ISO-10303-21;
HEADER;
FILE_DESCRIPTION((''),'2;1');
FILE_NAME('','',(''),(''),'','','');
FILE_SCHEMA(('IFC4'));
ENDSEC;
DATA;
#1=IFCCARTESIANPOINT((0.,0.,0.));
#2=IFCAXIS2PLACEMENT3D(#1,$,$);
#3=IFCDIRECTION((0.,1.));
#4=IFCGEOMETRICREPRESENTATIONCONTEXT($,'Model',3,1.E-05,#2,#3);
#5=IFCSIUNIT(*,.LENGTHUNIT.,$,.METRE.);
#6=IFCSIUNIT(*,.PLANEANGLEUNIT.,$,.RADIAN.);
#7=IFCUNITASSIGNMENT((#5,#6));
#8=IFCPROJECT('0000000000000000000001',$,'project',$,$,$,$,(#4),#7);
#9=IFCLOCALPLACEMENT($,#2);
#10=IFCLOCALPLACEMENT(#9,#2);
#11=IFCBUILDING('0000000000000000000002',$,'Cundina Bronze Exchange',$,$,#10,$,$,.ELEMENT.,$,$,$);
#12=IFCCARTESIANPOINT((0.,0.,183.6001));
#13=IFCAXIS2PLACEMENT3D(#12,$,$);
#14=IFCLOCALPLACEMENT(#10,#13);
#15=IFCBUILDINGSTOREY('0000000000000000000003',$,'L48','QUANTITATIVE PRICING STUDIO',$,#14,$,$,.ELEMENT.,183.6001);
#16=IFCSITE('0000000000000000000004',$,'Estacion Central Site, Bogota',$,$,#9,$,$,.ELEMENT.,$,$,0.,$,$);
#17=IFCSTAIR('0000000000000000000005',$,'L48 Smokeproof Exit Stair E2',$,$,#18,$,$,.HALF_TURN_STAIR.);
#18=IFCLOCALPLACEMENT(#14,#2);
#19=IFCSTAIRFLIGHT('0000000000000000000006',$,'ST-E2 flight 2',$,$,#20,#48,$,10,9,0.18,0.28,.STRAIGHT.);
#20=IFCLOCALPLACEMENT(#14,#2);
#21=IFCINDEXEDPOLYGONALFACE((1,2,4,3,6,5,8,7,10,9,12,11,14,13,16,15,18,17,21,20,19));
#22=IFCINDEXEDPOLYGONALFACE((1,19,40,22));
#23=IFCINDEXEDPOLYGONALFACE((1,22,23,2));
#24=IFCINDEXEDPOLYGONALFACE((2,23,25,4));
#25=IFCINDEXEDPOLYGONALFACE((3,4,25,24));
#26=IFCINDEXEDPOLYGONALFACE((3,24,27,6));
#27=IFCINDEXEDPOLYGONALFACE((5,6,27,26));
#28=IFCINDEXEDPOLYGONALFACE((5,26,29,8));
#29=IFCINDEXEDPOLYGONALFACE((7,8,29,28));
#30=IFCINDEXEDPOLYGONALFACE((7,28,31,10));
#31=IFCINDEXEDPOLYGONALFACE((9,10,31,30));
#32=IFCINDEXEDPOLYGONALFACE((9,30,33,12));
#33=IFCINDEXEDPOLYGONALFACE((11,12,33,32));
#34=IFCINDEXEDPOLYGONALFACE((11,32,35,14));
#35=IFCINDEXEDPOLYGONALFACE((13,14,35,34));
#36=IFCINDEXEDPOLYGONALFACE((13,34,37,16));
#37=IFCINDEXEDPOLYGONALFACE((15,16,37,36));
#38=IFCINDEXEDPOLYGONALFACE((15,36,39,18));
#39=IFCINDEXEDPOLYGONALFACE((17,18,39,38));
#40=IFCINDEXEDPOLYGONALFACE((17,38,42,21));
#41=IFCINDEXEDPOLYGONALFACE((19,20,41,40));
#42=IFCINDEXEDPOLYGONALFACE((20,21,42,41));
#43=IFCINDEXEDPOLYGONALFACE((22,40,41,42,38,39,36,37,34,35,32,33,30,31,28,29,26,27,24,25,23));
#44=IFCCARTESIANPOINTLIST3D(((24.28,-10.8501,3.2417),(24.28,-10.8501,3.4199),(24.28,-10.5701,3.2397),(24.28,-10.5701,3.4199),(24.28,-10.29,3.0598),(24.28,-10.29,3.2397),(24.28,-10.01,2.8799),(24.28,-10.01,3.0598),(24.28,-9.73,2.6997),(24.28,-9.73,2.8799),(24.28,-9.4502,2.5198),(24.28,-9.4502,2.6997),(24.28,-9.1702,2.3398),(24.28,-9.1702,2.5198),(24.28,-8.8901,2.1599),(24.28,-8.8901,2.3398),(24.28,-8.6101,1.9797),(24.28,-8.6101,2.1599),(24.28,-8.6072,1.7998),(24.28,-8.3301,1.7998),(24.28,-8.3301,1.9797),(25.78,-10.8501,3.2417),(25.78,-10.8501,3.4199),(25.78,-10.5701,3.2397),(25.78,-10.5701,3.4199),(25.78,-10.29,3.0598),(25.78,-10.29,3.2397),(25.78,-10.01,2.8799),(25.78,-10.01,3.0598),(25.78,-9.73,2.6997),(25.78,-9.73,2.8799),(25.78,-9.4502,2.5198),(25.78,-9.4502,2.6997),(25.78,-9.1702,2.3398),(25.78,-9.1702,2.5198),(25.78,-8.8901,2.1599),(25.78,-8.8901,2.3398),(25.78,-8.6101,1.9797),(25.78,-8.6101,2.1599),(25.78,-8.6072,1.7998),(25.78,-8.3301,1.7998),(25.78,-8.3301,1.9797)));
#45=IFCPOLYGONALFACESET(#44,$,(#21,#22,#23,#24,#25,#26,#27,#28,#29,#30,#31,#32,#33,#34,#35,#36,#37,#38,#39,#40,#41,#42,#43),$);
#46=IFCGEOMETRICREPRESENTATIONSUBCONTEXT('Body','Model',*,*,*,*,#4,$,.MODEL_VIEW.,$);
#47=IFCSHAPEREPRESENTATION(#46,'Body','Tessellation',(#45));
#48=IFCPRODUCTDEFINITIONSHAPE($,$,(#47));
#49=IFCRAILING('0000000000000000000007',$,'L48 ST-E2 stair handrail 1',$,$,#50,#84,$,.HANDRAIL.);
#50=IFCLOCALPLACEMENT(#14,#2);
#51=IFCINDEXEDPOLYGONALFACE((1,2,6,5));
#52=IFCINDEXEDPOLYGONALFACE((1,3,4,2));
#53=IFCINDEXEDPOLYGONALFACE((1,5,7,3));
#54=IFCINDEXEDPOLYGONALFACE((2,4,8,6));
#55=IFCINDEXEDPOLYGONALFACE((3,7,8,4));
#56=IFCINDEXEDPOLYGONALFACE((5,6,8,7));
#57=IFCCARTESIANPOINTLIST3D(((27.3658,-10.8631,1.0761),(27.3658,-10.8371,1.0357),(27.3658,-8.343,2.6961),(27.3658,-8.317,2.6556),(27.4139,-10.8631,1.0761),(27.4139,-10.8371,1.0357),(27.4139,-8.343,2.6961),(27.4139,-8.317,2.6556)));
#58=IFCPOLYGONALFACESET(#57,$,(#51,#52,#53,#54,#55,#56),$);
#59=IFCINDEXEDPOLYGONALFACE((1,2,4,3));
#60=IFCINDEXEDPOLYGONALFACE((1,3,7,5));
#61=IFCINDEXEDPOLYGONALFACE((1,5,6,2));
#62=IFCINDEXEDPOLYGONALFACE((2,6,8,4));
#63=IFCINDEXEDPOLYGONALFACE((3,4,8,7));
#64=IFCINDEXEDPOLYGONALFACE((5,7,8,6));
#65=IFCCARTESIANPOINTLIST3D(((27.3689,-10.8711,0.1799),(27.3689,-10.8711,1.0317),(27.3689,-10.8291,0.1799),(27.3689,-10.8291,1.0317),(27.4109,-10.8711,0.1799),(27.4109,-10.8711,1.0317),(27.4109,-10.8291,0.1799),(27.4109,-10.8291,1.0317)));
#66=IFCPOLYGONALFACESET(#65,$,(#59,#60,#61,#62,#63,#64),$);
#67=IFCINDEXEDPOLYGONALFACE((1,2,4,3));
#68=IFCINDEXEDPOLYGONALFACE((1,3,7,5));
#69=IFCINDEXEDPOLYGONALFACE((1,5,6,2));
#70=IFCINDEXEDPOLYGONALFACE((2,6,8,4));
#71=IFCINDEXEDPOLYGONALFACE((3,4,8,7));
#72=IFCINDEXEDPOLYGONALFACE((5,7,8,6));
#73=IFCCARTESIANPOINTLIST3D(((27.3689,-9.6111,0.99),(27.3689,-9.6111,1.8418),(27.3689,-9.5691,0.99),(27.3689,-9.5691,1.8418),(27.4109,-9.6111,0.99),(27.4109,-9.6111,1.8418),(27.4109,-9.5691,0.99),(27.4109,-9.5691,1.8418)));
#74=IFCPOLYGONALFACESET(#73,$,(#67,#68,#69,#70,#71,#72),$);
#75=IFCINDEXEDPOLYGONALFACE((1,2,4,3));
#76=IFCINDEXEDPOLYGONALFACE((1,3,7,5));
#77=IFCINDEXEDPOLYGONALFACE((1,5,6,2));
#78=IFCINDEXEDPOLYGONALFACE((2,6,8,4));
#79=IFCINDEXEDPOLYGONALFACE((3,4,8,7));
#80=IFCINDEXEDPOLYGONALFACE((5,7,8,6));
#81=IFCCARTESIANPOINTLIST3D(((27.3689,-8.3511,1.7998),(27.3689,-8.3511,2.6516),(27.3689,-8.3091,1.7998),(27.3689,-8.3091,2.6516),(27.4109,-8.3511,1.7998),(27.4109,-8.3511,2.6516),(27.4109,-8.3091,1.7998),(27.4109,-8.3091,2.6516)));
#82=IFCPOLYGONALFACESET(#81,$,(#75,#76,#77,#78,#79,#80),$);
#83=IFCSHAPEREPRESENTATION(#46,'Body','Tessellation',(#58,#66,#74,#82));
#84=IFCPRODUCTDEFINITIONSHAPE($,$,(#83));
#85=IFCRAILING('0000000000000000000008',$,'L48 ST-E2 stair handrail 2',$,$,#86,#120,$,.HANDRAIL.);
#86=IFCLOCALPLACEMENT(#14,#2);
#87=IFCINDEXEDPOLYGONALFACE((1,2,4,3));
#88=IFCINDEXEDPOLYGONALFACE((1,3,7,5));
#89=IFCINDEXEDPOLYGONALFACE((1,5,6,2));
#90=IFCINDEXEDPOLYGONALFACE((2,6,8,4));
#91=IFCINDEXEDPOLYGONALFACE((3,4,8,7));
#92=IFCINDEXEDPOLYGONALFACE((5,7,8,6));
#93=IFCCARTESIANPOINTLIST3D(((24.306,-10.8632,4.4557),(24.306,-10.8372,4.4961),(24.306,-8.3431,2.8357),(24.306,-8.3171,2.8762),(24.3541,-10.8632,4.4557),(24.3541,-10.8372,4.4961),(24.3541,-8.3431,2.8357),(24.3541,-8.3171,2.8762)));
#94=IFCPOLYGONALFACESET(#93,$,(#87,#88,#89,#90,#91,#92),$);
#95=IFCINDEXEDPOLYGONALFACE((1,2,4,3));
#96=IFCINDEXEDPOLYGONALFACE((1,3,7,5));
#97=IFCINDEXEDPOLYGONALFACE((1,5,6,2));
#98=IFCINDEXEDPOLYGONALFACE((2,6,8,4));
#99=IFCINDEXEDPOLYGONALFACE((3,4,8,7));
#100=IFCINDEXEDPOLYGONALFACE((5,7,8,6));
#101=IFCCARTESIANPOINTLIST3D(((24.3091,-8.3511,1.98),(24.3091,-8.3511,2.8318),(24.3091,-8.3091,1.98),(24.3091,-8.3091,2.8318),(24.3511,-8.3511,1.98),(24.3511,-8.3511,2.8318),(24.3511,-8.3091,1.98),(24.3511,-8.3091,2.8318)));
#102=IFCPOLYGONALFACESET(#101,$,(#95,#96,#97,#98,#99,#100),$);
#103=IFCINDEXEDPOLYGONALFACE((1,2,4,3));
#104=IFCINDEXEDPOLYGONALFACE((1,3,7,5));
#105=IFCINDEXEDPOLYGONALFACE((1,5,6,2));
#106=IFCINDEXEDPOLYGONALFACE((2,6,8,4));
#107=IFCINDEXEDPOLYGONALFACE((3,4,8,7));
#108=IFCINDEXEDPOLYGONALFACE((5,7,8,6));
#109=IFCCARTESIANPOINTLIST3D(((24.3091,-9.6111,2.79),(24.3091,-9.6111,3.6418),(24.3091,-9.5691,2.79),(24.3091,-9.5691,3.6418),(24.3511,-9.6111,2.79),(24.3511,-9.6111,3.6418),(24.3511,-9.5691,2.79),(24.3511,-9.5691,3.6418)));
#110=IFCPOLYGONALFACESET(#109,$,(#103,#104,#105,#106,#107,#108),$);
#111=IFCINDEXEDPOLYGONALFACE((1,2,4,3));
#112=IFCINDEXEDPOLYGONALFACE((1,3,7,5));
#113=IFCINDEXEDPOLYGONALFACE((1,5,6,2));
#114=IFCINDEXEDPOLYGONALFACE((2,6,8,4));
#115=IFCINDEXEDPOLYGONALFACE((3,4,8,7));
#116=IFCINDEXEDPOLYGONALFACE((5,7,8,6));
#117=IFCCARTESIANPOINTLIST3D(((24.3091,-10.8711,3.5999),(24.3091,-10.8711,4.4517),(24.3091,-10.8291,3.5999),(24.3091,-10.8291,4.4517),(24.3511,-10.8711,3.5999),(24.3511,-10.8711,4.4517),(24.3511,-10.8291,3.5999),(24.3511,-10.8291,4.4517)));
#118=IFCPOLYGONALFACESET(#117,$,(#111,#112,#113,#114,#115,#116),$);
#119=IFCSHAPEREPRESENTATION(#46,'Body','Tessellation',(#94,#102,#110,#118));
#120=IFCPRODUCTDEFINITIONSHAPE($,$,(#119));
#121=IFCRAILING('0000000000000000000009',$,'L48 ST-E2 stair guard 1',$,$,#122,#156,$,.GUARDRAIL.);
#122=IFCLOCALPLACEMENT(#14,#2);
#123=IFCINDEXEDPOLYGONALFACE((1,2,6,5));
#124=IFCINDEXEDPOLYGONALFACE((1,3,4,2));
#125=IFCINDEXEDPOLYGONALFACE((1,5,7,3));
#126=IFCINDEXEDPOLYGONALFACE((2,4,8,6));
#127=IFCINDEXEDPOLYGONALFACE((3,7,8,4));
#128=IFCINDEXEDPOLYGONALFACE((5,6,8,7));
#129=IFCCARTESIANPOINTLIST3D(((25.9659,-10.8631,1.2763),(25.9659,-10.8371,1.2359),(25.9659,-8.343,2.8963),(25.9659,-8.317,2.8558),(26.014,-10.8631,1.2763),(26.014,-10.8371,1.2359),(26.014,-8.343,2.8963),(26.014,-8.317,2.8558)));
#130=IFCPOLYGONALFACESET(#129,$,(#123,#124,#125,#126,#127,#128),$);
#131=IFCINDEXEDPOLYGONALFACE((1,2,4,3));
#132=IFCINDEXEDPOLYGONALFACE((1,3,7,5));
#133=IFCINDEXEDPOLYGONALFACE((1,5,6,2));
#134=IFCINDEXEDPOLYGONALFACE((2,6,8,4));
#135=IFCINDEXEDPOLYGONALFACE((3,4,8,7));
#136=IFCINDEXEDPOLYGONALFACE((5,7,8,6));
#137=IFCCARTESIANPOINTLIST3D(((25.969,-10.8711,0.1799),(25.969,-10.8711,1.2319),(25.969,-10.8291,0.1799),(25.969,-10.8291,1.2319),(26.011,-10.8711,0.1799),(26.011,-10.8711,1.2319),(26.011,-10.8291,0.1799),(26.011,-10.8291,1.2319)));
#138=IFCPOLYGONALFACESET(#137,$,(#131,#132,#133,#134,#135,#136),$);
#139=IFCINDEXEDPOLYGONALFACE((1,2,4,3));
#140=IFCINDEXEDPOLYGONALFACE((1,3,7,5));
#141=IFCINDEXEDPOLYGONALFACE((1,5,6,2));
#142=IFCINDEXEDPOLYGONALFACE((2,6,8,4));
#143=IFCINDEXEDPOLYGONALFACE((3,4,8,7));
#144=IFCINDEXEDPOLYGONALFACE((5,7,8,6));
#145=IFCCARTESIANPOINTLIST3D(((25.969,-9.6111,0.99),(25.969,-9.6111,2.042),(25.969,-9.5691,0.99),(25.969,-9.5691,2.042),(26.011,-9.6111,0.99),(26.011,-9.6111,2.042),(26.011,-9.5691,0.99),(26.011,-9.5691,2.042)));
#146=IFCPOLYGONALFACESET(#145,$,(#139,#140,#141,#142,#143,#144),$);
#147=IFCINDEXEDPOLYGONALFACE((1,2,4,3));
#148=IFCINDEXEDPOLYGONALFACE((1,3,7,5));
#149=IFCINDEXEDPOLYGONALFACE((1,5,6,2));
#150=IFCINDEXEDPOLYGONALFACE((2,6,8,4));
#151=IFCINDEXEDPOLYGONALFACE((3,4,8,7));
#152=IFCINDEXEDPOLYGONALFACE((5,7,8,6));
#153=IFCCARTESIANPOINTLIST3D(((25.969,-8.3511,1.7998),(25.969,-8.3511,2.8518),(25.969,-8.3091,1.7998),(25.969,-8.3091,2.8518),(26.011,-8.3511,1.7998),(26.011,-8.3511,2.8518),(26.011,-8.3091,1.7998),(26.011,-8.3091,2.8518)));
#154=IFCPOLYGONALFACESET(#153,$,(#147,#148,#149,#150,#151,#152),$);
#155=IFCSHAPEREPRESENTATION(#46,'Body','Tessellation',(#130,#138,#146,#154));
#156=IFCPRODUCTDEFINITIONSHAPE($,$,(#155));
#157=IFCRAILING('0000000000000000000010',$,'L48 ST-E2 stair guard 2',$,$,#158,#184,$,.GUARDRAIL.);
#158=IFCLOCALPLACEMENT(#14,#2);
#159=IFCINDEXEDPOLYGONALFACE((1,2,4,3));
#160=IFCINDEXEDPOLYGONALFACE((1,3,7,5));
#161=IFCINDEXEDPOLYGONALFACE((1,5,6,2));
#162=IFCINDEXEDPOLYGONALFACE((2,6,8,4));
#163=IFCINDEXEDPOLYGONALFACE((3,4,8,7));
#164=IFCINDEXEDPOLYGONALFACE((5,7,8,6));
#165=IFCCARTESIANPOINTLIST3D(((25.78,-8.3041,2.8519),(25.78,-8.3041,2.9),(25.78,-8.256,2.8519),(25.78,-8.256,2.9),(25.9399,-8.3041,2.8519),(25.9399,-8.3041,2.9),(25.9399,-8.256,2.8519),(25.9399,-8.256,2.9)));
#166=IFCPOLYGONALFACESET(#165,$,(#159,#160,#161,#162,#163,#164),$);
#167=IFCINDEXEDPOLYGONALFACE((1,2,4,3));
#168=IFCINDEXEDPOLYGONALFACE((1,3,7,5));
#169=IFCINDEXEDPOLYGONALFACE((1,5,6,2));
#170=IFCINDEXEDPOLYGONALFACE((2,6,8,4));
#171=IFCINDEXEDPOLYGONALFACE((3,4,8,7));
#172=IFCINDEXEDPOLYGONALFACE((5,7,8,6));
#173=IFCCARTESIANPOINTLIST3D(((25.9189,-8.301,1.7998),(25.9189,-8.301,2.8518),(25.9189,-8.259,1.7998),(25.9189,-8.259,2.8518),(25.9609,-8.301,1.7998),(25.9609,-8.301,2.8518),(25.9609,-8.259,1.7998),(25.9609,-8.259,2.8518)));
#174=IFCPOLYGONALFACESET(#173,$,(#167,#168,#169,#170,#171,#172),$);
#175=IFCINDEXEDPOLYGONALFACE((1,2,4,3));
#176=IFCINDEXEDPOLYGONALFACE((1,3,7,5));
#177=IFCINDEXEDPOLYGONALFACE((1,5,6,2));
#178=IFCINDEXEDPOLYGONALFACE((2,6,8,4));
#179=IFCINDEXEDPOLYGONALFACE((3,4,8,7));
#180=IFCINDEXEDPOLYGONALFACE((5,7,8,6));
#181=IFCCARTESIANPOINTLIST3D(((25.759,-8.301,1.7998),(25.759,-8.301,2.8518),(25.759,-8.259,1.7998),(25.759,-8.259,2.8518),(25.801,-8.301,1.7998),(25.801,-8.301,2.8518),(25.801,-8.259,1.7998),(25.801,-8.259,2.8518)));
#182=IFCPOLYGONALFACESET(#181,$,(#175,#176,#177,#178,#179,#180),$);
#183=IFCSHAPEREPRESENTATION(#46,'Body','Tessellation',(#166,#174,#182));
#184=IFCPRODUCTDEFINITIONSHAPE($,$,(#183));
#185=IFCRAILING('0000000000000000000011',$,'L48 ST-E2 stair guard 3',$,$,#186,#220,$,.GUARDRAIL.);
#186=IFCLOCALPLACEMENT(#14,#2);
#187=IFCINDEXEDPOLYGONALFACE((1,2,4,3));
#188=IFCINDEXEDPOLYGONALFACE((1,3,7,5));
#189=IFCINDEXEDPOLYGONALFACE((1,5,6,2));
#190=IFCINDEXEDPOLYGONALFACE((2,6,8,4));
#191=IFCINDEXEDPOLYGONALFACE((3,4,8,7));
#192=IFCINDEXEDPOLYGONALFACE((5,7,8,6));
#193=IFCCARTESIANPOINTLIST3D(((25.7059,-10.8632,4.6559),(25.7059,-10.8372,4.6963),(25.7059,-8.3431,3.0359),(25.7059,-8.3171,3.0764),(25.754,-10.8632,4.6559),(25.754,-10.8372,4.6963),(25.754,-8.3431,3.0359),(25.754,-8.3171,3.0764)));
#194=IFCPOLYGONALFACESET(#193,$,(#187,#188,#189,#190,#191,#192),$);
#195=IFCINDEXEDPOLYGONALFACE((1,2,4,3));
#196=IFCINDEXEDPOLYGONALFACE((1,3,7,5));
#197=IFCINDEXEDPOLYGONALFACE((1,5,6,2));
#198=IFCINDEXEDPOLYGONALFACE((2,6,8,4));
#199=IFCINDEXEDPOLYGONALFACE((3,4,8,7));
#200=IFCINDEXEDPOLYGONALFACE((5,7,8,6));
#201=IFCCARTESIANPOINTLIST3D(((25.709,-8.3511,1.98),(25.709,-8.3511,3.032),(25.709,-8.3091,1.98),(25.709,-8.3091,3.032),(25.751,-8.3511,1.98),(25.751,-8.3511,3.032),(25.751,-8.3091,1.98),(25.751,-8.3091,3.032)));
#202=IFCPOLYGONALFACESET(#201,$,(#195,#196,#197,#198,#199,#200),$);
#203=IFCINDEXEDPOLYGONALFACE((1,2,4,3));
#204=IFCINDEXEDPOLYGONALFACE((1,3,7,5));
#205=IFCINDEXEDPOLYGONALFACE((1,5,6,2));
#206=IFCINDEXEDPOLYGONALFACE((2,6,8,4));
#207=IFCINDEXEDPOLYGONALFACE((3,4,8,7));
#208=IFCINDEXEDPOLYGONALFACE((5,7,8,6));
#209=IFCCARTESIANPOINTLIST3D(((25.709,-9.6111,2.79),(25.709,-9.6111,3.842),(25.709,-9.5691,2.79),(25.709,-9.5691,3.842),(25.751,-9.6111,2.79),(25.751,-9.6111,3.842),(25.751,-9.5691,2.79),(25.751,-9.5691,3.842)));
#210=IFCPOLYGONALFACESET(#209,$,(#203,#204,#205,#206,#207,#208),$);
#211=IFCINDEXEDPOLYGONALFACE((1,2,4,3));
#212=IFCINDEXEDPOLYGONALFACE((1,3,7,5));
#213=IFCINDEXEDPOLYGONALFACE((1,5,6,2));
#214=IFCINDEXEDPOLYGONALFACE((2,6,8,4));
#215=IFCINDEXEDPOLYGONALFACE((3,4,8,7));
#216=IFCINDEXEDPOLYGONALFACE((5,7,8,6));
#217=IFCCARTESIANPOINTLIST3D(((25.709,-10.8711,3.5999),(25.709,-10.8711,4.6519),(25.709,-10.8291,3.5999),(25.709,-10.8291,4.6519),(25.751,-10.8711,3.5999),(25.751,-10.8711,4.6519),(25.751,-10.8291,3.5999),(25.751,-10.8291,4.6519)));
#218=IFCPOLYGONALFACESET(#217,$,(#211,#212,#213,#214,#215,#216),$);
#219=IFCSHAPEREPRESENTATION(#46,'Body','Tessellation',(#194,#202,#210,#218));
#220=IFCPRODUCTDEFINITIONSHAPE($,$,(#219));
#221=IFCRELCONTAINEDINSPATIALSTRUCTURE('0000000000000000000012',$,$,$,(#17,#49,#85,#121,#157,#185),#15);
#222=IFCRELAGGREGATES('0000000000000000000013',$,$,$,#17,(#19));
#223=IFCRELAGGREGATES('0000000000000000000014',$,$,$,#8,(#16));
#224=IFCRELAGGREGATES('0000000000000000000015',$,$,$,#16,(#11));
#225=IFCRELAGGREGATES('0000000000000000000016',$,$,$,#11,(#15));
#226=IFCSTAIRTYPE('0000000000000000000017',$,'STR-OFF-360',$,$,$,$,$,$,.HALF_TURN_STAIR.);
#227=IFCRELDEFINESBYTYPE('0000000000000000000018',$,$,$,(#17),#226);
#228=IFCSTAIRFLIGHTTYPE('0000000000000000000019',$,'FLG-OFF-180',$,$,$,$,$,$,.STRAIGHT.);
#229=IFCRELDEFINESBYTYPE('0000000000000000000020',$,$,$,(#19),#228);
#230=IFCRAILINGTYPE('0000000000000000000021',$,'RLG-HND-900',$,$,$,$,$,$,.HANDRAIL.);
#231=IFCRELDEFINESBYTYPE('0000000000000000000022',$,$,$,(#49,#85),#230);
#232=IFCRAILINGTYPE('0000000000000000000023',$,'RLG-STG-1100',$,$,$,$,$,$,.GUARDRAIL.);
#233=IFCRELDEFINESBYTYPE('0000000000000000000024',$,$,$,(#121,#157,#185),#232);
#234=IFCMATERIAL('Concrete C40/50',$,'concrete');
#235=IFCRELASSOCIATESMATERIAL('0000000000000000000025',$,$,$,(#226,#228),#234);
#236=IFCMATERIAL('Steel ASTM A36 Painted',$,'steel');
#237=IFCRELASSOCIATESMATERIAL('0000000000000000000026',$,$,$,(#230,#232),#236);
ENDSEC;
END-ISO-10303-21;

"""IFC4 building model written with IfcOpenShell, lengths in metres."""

from ifc_helpers import new_model, si_unit, direction, frame, origin, origin_2d, place, context, subcontext, project, spatial, polyline, rectangle, outline, extrude, material, type_object, element, aggregate, save


model = new_model("IFC4")

# Units and contexts
model_context = context("Model", 3, precision=1e-05, world=origin(), true_north=direction((0.0, 1.0)))
body_context = subcontext(model_context, "Body", "Model", "MODEL_VIEW")
ifc_project = project(units=[si_unit("LENGTHUNIT", "METRE"), si_unit("PLANEANGLEUNIT", "RADIAN")], contexts=[model_context])

# Site, building, storey
site_placement = place(None, origin())
site = spatial("IfcSite", under=ifc_project, at=site_placement, Name="Estacion Central Site, Bogota", CompositionType="ELEMENT", RefElevation=0.0)
building_placement = place(site_placement, origin())
building = spatial("IfcBuilding", under=site, at=building_placement, Name="Cundina Bronze Exchange", CompositionType="ELEMENT")
storey_placement = place(building_placement, frame((0.0, 0.0, 183.6001)))
storey = spatial("IfcBuildingStorey", under=building, at=storey_placement, Name="L48", Description="QUANTITATIVE PRICING STUDIO", CompositionType="ELEMENT", Elevation=183.6001)

# Shared definitions
ifc_material_1 = material(Name="Steel ASTM A36 Painted", Category="steel")

# Stair, stair flight
ifc_material_2 = material(Name="Concrete C40/50", Category="concrete")
stair_type = type_object("IfcStairType", Name="STR-OFF-360", PredefinedType="HALF_TURN_STAIR", material=ifc_material_2)
stair_placement = place(storey_placement, origin())
stair = element("IfcStair", 1, at=stair_placement, inside=storey, type_object=stair_type, Name="L48 Smokeproof Exit Stair E2", PredefinedType="HALF_TURN_STAIR")
stair_flight_type = type_object("IfcStairFlightType", Name="FLG-OFF-180", PredefinedType="STRAIGHT", material=ifc_material_2)
stair_flight_1_placement = place(storey_placement, frame((25.03, -8.3301, 1.7998), z_axis=(0.0, 0.0, 1.0), x_axis=(0.0, -1.0, 0.0)))
stair_flight_1 = element("IfcStairFlight", 2, at=stair_flight_1_placement, type_object=stair_flight_type, Name="ST-E2 flight 2", NumberOfRisers=10, NumberOfTreads=9, PredefinedType="STRAIGHT", RiserHeight=0.18, TreadLength=0.28, context=body_context, shape_type="SweptSolid", body=[
    extrude(outline(polyline([(0.0, 0.0), (0.0, 0.1799), (0.28, 0.1799), (0.28, 0.3601), (0.5601, 0.3601), (0.5601, 0.54), (0.8401, 0.54), (0.8401, 0.72), (1.1201, 0.72), (1.1201, 0.8999), (1.3999, 0.8999), (1.3999, 1.0801), (1.6799, 1.0801), (1.6799, 1.26), (1.96, 1.26), (1.96, 1.4399), (2.24, 1.4399), (2.24, 1.6201), (2.52, 1.6201), (2.52, 1.8), (2.52, 1.4419), (0.2771, 0.0), (0.0, 0.0)])), frame((0.0, 0.75, 0.0), z_axis=(0.0, -1.0, 0.0), x_axis=(1.0, 0.0, 0.0)), (0.0, 0.0, 1.0), 1.5),
])
aggregate(stair, [stair_flight_1])

# Railings
railing_type_1 = type_object("IfcRailingType", Name="RLG-HND-900", PredefinedType="HANDRAIL", material=ifc_material_1)
railing_1_placement = place(storey_placement, frame((27.3899, -10.8501, 0.1799)))
element("IfcRailing", 3, at=railing_1_placement, inside=storey, type_object=railing_type_1, Name="L48 ST-E2 stair handrail 1", PredefinedType="HANDRAIL", context=body_context, shape_type="SweptSolid", body=[
    extrude(rectangle(XDim=0.0481, YDim=0.0481, at=origin_2d()), frame((0.0, 0.0, 0.876), z_axis=(0.0, 0.8412, 0.540725), x_axis=(-1.0, 0.0, 0.0)), (0.0, 0.0, 1.0), 2.9958),
    extrude(rectangle(XDim=0.042, YDim=0.042, at=origin_2d()), origin(), (0.0, 0.0, 1.0), 0.8518),
    extrude(rectangle(XDim=0.042, YDim=0.042, at=origin_2d()), frame((0.0, 1.26, 0.8101)), (0.0, 0.0, 1.0), 0.8518),
    extrude(rectangle(XDim=0.042, YDim=0.042, at=origin_2d()), frame((0.0, 2.52, 1.6199)), (0.0, 0.0, 1.0), 0.8518),
])
railing_2_placement = place(storey_placement, frame((24.3301, -8.3301, 1.98)))
element("IfcRailing", 4, at=railing_2_placement, inside=storey, type_object=railing_type_1, Name="L48 ST-E2 stair handrail 2", PredefinedType="HANDRAIL", context=body_context, shape_type="SweptSolid", body=[
    extrude(rectangle(XDim=0.0481, YDim=0.0481, at=origin_2d()), frame((0.0, 0.0, 0.876), z_axis=(0.0, -0.8412, 0.540725), x_axis=(1.0, 0.0, 0.0)), (0.0, 0.0, 1.0), 2.9958),
    extrude(rectangle(XDim=0.042, YDim=0.042, at=origin_2d()), origin(), (0.0, 0.0, 1.0), 0.8518),
    extrude(rectangle(XDim=0.042, YDim=0.042, at=origin_2d()), frame((0.0, -1.26, 0.8101)), (0.0, 0.0, 1.0), 0.8518),
    extrude(rectangle(XDim=0.042, YDim=0.042, at=origin_2d()), frame((0.0, -2.52, 1.6199)), (0.0, 0.0, 1.0), 0.8518),
])
railing_type_2 = type_object("IfcRailingType", Name="RLG-STG-1100", PredefinedType="GUARDRAIL", material=ifc_material_1)
railing_3_placement = place(storey_placement, frame((25.99, -10.8501, 0.1799)))
element("IfcRailing", 5, at=railing_3_placement, inside=storey, type_object=railing_type_2, Name="L48 ST-E2 stair guard 1", PredefinedType="GUARDRAIL", context=body_context, shape_type="SweptSolid", body=[
    extrude(rectangle(XDim=0.0481, YDim=0.0481, at=origin_2d()), frame((0.0, 0.0, 1.0762), z_axis=(0.0, 0.8412, 0.540725), x_axis=(-1.0, 0.0, 0.0)), (0.0, 0.0, 1.0), 2.9958),
    extrude(rectangle(XDim=0.042, YDim=0.042, at=origin_2d()), origin(), (0.0, 0.0, 1.0), 1.052),
    extrude(rectangle(XDim=0.042, YDim=0.042, at=origin_2d()), frame((0.0, 1.26, 0.8101)), (0.0, 0.0, 1.0), 1.052),
    extrude(rectangle(XDim=0.042, YDim=0.042, at=origin_2d()), frame((0.0, 2.52, 1.6199)), (0.0, 0.0, 1.0), 1.052),
])
railing_4_placement = place(storey_placement, frame((25.9399, -8.28, 1.7998)))
element("IfcRailing", 6, at=railing_4_placement, inside=storey, type_object=railing_type_2, Name="L48 ST-E2 stair guard 2", PredefinedType="GUARDRAIL", context=body_context, shape_type="SweptSolid", body=[
    extrude(rectangle(XDim=0.0481, YDim=0.0481, at=origin_2d()), frame((0.0, 0.0, 1.0762), z_axis=(-1.0, 0.0, 0.0), x_axis=(0.0, -1.0, 0.0)), (0.0, 0.0, 1.0), 0.1599),
    extrude(rectangle(XDim=0.042, YDim=0.042, at=origin_2d()), origin(), (0.0, 0.0, 1.0), 1.052),
    extrude(rectangle(XDim=0.042, YDim=0.042, at=origin_2d()), frame((-0.1599, 0.0, 0.0)), (0.0, 0.0, 1.0), 1.052),
])
railing_5_placement = place(storey_placement, frame((25.73, -8.3301, 1.98)))
element("IfcRailing", 7, at=railing_5_placement, inside=storey, type_object=railing_type_2, Name="L48 ST-E2 stair guard 3", PredefinedType="GUARDRAIL", context=body_context, shape_type="SweptSolid", body=[
    extrude(rectangle(XDim=0.0481, YDim=0.0481, at=origin_2d()), frame((0.0, 0.0, 1.0762), z_axis=(0.0, -0.8412, 0.540725), x_axis=(1.0, 0.0, 0.0)), (0.0, 0.0, 1.0), 2.9958),
    extrude(rectangle(XDim=0.042, YDim=0.042, at=origin_2d()), origin(), (0.0, 0.0, 1.0), 1.052),
    extrude(rectangle(XDim=0.042, YDim=0.042, at=origin_2d()), frame((0.0, -1.26, 0.8101)), (0.0, 0.0, 1.0), 1.052),
    extrude(rectangle(XDim=0.042, YDim=0.042, at=origin_2d()), frame((0.0, -2.52, 1.6199)), (0.0, 0.0, 1.0), 1.052),
])

save(model, "model.ifc")
